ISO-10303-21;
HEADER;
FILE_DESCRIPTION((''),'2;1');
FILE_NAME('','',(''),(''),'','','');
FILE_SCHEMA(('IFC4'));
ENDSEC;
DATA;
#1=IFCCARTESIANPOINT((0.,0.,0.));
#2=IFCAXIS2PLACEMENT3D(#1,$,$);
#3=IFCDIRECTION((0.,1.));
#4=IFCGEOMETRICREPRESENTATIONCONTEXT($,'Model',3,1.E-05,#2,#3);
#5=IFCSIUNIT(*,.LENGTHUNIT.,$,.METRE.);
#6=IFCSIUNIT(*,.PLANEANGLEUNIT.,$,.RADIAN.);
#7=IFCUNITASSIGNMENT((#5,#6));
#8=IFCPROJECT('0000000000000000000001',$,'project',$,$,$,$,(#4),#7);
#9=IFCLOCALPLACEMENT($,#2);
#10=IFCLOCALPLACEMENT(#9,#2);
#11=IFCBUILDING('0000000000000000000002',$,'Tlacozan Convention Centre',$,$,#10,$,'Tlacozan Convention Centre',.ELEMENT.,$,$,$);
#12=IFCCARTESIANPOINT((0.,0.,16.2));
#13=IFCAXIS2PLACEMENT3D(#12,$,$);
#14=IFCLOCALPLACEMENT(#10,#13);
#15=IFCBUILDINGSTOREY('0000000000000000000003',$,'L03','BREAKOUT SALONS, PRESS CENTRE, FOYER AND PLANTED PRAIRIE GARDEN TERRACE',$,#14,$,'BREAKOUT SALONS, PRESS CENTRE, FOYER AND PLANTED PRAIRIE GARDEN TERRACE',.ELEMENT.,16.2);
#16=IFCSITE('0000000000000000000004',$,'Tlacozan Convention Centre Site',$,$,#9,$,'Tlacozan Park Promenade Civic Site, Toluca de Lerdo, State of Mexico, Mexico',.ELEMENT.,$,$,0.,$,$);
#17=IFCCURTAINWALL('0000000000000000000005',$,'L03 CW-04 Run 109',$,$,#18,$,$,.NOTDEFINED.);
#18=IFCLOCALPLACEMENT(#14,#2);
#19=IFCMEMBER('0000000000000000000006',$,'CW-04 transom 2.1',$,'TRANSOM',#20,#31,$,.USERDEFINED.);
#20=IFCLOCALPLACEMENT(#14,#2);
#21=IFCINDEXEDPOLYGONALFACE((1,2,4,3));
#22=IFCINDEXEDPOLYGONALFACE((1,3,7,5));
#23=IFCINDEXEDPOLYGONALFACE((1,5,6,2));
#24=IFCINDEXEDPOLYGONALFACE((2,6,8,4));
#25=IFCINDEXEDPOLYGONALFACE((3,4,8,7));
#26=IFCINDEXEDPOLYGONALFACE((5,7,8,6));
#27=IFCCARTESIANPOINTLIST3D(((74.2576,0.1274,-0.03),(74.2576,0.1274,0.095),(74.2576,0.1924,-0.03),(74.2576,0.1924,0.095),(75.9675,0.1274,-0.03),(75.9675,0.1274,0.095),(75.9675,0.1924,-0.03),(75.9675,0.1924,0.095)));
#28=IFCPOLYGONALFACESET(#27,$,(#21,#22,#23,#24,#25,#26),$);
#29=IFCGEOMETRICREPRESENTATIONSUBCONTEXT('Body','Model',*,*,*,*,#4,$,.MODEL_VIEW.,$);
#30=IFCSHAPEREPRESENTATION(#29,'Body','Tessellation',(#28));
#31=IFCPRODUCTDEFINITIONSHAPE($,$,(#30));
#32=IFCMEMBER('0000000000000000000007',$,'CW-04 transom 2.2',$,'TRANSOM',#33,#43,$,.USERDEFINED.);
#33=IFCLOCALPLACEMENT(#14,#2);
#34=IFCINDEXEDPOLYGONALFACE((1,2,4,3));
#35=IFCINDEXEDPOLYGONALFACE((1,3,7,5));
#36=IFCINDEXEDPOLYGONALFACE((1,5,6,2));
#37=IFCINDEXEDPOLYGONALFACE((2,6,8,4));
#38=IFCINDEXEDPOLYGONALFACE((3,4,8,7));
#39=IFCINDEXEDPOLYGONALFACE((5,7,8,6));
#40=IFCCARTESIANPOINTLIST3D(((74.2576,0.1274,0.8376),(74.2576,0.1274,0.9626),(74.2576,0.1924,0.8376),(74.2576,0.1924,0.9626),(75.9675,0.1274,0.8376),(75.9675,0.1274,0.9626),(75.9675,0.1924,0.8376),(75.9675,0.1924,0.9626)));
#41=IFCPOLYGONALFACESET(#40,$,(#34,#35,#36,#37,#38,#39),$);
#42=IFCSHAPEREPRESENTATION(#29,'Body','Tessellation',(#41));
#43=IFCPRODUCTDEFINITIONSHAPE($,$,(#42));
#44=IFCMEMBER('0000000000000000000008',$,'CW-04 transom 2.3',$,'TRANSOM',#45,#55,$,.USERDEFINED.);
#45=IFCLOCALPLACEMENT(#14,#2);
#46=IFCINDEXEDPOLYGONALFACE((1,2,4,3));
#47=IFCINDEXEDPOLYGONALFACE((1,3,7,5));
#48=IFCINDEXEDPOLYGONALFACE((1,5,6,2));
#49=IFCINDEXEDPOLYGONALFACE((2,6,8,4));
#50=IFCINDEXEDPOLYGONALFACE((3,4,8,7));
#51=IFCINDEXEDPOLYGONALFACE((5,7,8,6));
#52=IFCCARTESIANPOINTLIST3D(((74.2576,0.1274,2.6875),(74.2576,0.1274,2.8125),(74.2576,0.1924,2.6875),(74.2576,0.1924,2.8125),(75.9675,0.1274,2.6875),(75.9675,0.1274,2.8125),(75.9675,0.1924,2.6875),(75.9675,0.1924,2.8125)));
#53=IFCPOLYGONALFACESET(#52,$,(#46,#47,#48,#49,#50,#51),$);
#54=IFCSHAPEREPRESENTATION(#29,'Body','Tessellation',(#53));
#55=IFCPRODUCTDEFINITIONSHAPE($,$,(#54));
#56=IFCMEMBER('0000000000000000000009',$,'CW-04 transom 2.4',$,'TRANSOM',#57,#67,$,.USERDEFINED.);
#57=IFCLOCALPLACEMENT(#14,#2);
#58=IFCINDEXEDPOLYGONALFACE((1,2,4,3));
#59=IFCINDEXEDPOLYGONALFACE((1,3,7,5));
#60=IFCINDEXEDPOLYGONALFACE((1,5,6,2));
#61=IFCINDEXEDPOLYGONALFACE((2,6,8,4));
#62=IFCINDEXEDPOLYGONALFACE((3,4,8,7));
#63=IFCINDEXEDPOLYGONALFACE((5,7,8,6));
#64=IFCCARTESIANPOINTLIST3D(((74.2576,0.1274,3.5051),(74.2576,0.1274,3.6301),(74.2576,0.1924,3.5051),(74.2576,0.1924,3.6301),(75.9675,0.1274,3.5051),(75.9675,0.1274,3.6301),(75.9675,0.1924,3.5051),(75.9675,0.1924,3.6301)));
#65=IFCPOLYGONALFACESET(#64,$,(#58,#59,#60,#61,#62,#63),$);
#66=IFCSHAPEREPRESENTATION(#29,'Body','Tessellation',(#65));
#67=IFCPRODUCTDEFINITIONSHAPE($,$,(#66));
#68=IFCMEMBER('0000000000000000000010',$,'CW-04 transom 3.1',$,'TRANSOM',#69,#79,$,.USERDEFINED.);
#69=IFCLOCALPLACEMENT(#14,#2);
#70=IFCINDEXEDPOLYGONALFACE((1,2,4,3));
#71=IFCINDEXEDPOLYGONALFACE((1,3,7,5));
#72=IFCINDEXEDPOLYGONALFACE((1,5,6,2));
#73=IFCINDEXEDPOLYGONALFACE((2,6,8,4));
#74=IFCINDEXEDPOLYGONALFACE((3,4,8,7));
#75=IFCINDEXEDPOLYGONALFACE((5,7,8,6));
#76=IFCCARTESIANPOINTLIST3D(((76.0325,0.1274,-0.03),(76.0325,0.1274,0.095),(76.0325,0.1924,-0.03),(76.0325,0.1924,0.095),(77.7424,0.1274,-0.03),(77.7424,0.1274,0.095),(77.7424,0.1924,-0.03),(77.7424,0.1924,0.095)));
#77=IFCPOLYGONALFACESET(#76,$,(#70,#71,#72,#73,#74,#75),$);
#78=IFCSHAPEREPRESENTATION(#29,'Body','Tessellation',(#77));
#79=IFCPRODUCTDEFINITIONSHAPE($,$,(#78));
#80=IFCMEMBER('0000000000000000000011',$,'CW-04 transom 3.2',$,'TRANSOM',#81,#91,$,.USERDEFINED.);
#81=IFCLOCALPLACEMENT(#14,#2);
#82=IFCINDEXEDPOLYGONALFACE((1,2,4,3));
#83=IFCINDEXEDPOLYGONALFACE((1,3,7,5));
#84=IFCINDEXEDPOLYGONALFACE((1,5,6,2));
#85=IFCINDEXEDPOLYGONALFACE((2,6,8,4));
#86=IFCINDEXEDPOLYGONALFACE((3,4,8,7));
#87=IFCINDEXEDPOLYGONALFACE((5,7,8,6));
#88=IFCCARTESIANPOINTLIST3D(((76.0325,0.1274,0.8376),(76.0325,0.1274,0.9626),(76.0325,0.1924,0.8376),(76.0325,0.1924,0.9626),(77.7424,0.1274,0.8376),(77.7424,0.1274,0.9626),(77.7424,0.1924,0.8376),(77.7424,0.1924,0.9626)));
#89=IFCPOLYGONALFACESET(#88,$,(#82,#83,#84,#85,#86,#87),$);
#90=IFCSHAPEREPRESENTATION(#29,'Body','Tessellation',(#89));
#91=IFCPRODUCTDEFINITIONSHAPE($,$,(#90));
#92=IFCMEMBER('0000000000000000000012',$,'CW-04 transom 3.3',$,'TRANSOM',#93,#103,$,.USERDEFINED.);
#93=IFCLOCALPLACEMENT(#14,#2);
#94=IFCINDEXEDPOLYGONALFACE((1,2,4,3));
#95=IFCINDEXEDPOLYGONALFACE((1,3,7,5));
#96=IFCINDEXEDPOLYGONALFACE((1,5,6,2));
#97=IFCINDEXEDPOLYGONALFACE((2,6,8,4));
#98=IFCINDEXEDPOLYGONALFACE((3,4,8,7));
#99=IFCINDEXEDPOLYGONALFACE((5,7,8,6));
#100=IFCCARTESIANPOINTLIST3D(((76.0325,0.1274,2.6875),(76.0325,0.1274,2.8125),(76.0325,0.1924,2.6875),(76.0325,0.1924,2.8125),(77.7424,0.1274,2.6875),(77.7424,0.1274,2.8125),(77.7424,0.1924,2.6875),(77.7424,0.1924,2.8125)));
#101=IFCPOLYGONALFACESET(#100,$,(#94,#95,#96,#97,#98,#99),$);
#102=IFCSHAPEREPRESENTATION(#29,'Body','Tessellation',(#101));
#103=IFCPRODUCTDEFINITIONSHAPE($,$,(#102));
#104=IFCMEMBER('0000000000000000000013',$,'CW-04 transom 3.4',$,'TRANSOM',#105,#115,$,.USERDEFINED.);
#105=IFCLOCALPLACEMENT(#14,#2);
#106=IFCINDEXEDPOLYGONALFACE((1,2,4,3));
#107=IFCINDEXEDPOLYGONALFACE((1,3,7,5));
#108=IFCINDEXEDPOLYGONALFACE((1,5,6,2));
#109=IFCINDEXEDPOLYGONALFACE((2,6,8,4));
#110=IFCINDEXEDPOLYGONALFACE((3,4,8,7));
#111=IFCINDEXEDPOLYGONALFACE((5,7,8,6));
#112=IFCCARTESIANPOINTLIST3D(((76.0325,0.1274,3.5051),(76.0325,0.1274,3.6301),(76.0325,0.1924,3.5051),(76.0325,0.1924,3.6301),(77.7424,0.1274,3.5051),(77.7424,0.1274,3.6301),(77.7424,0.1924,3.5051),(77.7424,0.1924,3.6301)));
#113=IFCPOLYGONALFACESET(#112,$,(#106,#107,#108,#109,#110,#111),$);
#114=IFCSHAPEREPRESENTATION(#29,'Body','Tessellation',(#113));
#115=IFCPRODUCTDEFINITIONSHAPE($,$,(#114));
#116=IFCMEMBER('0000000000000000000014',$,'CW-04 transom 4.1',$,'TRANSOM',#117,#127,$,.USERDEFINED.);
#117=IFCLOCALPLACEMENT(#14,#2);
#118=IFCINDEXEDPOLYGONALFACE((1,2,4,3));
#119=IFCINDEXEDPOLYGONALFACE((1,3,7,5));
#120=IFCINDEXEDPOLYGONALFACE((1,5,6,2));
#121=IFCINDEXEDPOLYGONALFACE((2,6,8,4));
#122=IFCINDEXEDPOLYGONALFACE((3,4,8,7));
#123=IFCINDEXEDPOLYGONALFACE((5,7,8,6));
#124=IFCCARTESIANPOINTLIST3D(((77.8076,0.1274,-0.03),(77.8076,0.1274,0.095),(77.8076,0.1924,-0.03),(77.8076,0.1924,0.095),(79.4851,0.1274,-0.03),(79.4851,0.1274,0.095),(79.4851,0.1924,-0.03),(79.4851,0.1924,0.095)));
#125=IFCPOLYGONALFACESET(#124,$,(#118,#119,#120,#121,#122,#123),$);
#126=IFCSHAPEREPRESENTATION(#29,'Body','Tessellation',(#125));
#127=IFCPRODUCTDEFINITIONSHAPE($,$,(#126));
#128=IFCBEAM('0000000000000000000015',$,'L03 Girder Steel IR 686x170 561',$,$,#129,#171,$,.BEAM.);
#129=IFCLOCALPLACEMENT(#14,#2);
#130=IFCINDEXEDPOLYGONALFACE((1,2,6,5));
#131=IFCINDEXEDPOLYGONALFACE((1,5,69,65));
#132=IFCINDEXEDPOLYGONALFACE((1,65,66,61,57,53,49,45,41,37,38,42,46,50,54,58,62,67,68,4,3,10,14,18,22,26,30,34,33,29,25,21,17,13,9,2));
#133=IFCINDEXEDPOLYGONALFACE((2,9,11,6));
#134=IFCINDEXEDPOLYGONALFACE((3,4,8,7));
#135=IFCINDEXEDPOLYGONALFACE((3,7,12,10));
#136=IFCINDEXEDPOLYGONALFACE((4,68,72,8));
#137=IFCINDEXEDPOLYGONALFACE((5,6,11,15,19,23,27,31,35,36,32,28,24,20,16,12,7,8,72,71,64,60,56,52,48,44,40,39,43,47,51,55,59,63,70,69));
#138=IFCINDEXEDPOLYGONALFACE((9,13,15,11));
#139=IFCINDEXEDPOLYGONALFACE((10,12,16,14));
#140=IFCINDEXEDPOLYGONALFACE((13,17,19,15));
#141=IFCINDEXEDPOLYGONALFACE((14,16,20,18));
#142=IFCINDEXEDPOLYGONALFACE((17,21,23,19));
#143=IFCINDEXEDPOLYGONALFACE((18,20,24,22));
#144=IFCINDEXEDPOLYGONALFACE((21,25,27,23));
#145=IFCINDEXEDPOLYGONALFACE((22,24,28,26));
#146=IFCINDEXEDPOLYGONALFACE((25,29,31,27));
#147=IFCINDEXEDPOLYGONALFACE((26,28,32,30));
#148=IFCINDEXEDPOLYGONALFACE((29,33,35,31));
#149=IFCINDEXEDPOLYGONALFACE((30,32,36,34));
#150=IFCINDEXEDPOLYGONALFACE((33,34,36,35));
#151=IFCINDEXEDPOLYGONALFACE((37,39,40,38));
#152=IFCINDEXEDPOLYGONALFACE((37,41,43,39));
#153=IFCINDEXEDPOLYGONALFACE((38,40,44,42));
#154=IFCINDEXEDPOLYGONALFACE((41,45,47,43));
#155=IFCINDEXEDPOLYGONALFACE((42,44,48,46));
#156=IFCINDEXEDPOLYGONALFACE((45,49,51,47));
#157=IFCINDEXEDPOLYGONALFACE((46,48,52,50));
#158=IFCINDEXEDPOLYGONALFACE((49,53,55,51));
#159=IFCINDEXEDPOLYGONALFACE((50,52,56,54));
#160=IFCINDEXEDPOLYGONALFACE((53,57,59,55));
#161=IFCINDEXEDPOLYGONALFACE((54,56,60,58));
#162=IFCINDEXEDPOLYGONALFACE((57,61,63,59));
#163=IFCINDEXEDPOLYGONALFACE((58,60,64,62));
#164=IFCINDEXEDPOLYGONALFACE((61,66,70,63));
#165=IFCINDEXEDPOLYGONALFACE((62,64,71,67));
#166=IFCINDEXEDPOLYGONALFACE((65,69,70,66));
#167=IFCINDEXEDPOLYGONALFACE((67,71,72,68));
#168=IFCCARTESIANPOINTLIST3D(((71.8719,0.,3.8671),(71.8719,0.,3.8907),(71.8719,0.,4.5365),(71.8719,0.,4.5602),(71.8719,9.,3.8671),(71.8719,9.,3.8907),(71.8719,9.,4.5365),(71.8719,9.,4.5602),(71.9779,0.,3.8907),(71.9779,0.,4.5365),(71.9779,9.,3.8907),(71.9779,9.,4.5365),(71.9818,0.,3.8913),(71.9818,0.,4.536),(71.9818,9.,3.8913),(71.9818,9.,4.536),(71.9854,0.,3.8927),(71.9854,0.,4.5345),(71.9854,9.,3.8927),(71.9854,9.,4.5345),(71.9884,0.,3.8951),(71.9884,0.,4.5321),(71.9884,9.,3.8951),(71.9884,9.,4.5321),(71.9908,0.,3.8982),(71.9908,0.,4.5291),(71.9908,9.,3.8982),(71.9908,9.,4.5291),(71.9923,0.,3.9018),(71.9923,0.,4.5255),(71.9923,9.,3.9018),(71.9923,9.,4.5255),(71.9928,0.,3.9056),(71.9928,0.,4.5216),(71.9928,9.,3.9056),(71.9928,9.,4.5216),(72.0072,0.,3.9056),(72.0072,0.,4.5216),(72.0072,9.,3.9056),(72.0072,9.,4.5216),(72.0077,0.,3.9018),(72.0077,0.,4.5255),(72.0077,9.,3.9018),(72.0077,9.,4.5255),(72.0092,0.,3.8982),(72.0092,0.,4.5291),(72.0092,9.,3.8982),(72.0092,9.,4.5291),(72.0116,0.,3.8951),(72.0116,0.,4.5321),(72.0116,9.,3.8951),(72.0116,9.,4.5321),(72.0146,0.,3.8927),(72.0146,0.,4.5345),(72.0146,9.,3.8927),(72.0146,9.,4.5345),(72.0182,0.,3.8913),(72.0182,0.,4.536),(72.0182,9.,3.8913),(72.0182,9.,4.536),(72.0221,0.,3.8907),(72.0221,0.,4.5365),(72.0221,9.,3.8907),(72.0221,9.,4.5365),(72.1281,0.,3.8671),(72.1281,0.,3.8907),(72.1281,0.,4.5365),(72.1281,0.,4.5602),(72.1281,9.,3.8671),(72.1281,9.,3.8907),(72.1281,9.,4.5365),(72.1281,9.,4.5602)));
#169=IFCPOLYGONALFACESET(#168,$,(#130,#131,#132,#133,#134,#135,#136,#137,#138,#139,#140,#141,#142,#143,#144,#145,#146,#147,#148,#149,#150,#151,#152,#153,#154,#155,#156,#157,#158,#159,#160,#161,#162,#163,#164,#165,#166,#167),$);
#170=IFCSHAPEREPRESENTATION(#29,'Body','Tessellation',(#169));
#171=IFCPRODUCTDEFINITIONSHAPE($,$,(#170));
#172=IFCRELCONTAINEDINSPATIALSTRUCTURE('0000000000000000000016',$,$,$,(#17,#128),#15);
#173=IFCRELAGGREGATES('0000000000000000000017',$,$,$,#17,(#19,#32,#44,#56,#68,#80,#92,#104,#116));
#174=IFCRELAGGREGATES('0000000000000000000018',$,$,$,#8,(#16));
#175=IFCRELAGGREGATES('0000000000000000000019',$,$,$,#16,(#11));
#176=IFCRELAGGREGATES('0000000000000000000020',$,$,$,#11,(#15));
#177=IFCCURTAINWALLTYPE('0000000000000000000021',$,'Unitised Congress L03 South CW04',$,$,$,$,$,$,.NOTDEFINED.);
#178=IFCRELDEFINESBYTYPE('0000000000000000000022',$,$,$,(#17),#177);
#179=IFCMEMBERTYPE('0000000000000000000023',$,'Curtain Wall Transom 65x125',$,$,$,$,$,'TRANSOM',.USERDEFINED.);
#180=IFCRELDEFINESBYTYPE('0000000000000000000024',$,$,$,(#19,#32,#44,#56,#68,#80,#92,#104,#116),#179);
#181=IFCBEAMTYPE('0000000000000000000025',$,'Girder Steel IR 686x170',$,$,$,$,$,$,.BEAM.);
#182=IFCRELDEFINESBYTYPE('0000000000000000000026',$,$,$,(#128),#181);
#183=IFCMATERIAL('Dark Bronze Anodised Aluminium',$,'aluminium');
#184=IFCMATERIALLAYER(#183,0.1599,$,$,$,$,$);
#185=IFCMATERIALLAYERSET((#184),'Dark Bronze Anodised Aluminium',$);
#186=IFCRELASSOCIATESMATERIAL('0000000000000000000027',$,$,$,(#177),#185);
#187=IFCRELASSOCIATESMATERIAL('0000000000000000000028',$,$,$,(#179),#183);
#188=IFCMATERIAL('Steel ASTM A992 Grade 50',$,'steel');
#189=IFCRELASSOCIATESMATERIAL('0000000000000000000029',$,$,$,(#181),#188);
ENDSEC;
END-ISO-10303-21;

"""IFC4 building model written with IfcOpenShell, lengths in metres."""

from ifc_helpers import new_model, si_unit, direction, frame, origin, origin_2d, place, context, subcontext, project, spatial, rectangle, i_section, extrude, material, layer, layer_set, material_profile, profile_set, type_object, element, aggregate, save


model = new_model("IFC4")

# Units and contexts
model_context = context("Model", 3, precision=1e-05, world=origin(), true_north=direction((0.0, 1.0)))
body_context = subcontext(model_context, "Body", "Model", "MODEL_VIEW")
ifc_project = project(units=[si_unit("LENGTHUNIT", "METRE"), si_unit("PLANEANGLEUNIT", "RADIAN")], contexts=[model_context])

# Site, building, storey
site_placement = place(None, origin())
site = spatial("IfcSite", under=ifc_project, at=site_placement, Name="Tlacozan Convention Centre Site", LongName="Tlacozan Park Promenade Civic Site, Toluca de Lerdo, State of Mexico, Mexico", CompositionType="ELEMENT", RefElevation=0.0)
building_placement = place(site_placement, origin())
building = spatial("IfcBuilding", under=site, at=building_placement, Name="Tlacozan Convention Centre", LongName="Tlacozan Convention Centre", CompositionType="ELEMENT")
storey_placement = place(building_placement, frame((0.0, 0.0, 16.2)))
storey = spatial("IfcBuildingStorey", under=building, at=storey_placement, Name="L03", Description="BREAKOUT SALONS, PRESS CENTRE, FOYER AND PLANTED PRAIRIE GARDEN TERRACE", LongName="BREAKOUT SALONS, PRESS CENTRE, FOYER AND PLANTED PRAIRIE GARDEN TERRACE", CompositionType="ELEMENT", Elevation=16.2)

# Shared definitions
ifc_material_1 = material(Name="Dark Bronze Anodised Aluminium", Category="aluminium")
ifc_layer_1 = layer(ifc_material_1, 0.1599)
ifc_layer_set_1 = layer_set([ifc_layer_1], Name="Dark Bronze Anodised Aluminium")
curtain_wall_type = type_object("IfcCurtainWallType", Name="Unitised Congress L03 South CW04", PredefinedType="NOTDEFINED", material=ifc_layer_set_1)

# Curtain wall
curtain_wall_1_placement = place(storey_placement, origin())
curtain_wall_1 = element("IfcCurtainWall", 1, at=curtain_wall_1_placement, inside=storey, type_object=curtain_wall_type, Name="L03 CW-04 Run 109", PredefinedType="NOTDEFINED")

# Members
ifc_material_profile_1 = material_profile(ifc_material_1, rectangle(XDim=0.0649, YDim=0.125, at=origin_2d()), Name="ALU 65x125")
ifc_profile_set_1 = profile_set([ifc_material_profile_1], Name="Dark Bronze Anodised Aluminium")
member_type_1 = type_object("IfcMemberType", Name="Curtain Wall Transom 65x125", ElementType="TRANSOM", PredefinedType="USERDEFINED", material=ifc_profile_set_1)
member_1_placement = place(storey_placement, frame((74.2576, 0.1599, 0.0325), z_axis=(1.0, 0.0, 0.0), x_axis=(0.0, 1.0, 0.0)))
member_1 = element("IfcMember", 2, at=member_1_placement, type_object=member_type_1, Name="CW-04 transom 2.1", ObjectType="TRANSOM", PredefinedType="USERDEFINED", context=body_context, shape_type="SweptSolid", body=[
    extrude(rectangle(XDim=0.0649, YDim=0.125, at=origin_2d()), origin(), (0.0, 0.0, 1.0), 1.71),
])
member_2_placement = place(storey_placement, frame((74.2576, 0.1599, 0.9001), z_axis=(1.0, 0.0, 0.0), x_axis=(0.0, 1.0, 0.0)))
member_2 = element("IfcMember", 3, at=member_2_placement, type_object=member_type_1, Name="CW-04 transom 2.2", ObjectType="TRANSOM", PredefinedType="USERDEFINED", context=body_context, shape_type="SweptSolid", body=[
    extrude(rectangle(XDim=0.0649, YDim=0.125, at=origin_2d()), origin(), (0.0, 0.0, 1.0), 1.71),
])
member_3_placement = place(storey_placement, frame((74.2576, 0.1599, 2.75), z_axis=(1.0, 0.0, 0.0), x_axis=(0.0, 1.0, 0.0)))
member_3 = element("IfcMember", 4, at=member_3_placement, type_object=member_type_1, Name="CW-04 transom 2.3", ObjectType="TRANSOM", PredefinedType="USERDEFINED", context=body_context, shape_type="SweptSolid", body=[
    extrude(rectangle(XDim=0.0649, YDim=0.125, at=origin_2d()), origin(), (0.0, 0.0, 1.0), 1.71),
])
member_4_placement = place(storey_placement, frame((74.2576, 0.1599, 3.5676), z_axis=(1.0, 0.0, 0.0), x_axis=(0.0, 1.0, 0.0)))
member_4 = element("IfcMember", 5, at=member_4_placement, type_object=member_type_1, Name="CW-04 transom 2.4", ObjectType="TRANSOM", PredefinedType="USERDEFINED", context=body_context, shape_type="SweptSolid", body=[
    extrude(rectangle(XDim=0.0649, YDim=0.125, at=origin_2d()), origin(), (0.0, 0.0, 1.0), 1.71),
])
member_5_placement = place(storey_placement, frame((76.0325, 0.1599, 0.0325), z_axis=(1.0, 0.0, 0.0), x_axis=(0.0, 1.0, 0.0)))
member_5 = element("IfcMember", 6, at=member_5_placement, type_object=member_type_1, Name="CW-04 transom 3.1", ObjectType="TRANSOM", PredefinedType="USERDEFINED", context=body_context, shape_type="SweptSolid", body=[
    extrude(rectangle(XDim=0.0649, YDim=0.125, at=origin_2d()), origin(), (0.0, 0.0, 1.0), 1.71),
])
member_6_placement = place(storey_placement, frame((76.0325, 0.1599, 0.9001), z_axis=(1.0, 0.0, 0.0), x_axis=(0.0, 1.0, 0.0)))
member_6 = element("IfcMember", 7, at=member_6_placement, type_object=member_type_1, Name="CW-04 transom 3.2", ObjectType="TRANSOM", PredefinedType="USERDEFINED", context=body_context, shape_type="SweptSolid", body=[
    extrude(rectangle(XDim=0.0649, YDim=0.125, at=origin_2d()), origin(), (0.0, 0.0, 1.0), 1.71),
])
member_7_placement = place(storey_placement, frame((76.0325, 0.1599, 2.75), z_axis=(1.0, 0.0, 0.0), x_axis=(0.0, 1.0, 0.0)))
member_7 = element("IfcMember", 8, at=member_7_placement, type_object=member_type_1, Name="CW-04 transom 3.3", ObjectType="TRANSOM", PredefinedType="USERDEFINED", context=body_context, shape_type="SweptSolid", body=[
    extrude(rectangle(XDim=0.0649, YDim=0.125, at=origin_2d()), origin(), (0.0, 0.0, 1.0), 1.71),
])
member_8_placement = place(storey_placement, frame((76.0325, 0.1599, 3.5676), z_axis=(1.0, 0.0, 0.0), x_axis=(0.0, 1.0, 0.0)))
member_8 = element("IfcMember", 9, at=member_8_placement, type_object=member_type_1, Name="CW-04 transom 3.4", ObjectType="TRANSOM", PredefinedType="USERDEFINED", context=body_context, shape_type="SweptSolid", body=[
    extrude(rectangle(XDim=0.0649, YDim=0.125, at=origin_2d()), origin(), (0.0, 0.0, 1.0), 1.71),
])
member_9_placement = place(storey_placement, frame((77.8076, 0.1599, 0.0325), z_axis=(1.0, 0.0, 0.0), x_axis=(0.0, 1.0, 0.0)))
member_9 = element("IfcMember", 10, at=member_9_placement, type_object=member_type_1, Name="CW-04 transom 4.1", ObjectType="TRANSOM", PredefinedType="USERDEFINED", context=body_context, shape_type="SweptSolid", body=[
    extrude(rectangle(XDim=0.0649, YDim=0.125, at=origin_2d()), origin(), (0.0, 0.0, 1.0), 1.6775),
])

# Beam
ifc_material_2 = material(Name="Steel ASTM A992 Grade 50", Category="steel")
ifc_material_profile_2 = material_profile(ifc_material_2, i_section(OverallWidth=0.2561, OverallDepth=0.6931, WebThickness=0.0144, FlangeThickness=0.0237, FilletRadius=0.0149, at=origin_2d()), Name="IR 686x170.0")
ifc_profile_set_2 = profile_set([ifc_material_profile_2], Name="Steel ASTM A992 Grade 50")
beam_type_1 = type_object("IfcBeamType", Name="Girder Steel IR 686x170", PredefinedType="BEAM", material=ifc_profile_set_2)
beam_1_placement = place(storey_placement, frame((72.0, 0.0, 4.2136), z_axis=(0.0, 1.0, 0.0), x_axis=(-1.0, 0.0, 0.0)))
element("IfcBeam", 11, at=beam_1_placement, inside=storey, type_object=beam_type_1, Name="L03 Girder Steel IR 686x170 561", PredefinedType="BEAM", context=body_context, shape_type="SweptSolid", body=[
    extrude(i_section(OverallWidth=0.2561, OverallDepth=0.6931, WebThickness=0.0144, FlangeThickness=0.0237, FilletRadius=0.0149, at=origin_2d()), origin(), (0.0, 0.0, 1.0), 9.0),
])

aggregate(curtain_wall_1, [member_1, member_2, member_3, member_4, member_5, member_6, member_7, member_8, member_9])

save(model, "model.ifc")
